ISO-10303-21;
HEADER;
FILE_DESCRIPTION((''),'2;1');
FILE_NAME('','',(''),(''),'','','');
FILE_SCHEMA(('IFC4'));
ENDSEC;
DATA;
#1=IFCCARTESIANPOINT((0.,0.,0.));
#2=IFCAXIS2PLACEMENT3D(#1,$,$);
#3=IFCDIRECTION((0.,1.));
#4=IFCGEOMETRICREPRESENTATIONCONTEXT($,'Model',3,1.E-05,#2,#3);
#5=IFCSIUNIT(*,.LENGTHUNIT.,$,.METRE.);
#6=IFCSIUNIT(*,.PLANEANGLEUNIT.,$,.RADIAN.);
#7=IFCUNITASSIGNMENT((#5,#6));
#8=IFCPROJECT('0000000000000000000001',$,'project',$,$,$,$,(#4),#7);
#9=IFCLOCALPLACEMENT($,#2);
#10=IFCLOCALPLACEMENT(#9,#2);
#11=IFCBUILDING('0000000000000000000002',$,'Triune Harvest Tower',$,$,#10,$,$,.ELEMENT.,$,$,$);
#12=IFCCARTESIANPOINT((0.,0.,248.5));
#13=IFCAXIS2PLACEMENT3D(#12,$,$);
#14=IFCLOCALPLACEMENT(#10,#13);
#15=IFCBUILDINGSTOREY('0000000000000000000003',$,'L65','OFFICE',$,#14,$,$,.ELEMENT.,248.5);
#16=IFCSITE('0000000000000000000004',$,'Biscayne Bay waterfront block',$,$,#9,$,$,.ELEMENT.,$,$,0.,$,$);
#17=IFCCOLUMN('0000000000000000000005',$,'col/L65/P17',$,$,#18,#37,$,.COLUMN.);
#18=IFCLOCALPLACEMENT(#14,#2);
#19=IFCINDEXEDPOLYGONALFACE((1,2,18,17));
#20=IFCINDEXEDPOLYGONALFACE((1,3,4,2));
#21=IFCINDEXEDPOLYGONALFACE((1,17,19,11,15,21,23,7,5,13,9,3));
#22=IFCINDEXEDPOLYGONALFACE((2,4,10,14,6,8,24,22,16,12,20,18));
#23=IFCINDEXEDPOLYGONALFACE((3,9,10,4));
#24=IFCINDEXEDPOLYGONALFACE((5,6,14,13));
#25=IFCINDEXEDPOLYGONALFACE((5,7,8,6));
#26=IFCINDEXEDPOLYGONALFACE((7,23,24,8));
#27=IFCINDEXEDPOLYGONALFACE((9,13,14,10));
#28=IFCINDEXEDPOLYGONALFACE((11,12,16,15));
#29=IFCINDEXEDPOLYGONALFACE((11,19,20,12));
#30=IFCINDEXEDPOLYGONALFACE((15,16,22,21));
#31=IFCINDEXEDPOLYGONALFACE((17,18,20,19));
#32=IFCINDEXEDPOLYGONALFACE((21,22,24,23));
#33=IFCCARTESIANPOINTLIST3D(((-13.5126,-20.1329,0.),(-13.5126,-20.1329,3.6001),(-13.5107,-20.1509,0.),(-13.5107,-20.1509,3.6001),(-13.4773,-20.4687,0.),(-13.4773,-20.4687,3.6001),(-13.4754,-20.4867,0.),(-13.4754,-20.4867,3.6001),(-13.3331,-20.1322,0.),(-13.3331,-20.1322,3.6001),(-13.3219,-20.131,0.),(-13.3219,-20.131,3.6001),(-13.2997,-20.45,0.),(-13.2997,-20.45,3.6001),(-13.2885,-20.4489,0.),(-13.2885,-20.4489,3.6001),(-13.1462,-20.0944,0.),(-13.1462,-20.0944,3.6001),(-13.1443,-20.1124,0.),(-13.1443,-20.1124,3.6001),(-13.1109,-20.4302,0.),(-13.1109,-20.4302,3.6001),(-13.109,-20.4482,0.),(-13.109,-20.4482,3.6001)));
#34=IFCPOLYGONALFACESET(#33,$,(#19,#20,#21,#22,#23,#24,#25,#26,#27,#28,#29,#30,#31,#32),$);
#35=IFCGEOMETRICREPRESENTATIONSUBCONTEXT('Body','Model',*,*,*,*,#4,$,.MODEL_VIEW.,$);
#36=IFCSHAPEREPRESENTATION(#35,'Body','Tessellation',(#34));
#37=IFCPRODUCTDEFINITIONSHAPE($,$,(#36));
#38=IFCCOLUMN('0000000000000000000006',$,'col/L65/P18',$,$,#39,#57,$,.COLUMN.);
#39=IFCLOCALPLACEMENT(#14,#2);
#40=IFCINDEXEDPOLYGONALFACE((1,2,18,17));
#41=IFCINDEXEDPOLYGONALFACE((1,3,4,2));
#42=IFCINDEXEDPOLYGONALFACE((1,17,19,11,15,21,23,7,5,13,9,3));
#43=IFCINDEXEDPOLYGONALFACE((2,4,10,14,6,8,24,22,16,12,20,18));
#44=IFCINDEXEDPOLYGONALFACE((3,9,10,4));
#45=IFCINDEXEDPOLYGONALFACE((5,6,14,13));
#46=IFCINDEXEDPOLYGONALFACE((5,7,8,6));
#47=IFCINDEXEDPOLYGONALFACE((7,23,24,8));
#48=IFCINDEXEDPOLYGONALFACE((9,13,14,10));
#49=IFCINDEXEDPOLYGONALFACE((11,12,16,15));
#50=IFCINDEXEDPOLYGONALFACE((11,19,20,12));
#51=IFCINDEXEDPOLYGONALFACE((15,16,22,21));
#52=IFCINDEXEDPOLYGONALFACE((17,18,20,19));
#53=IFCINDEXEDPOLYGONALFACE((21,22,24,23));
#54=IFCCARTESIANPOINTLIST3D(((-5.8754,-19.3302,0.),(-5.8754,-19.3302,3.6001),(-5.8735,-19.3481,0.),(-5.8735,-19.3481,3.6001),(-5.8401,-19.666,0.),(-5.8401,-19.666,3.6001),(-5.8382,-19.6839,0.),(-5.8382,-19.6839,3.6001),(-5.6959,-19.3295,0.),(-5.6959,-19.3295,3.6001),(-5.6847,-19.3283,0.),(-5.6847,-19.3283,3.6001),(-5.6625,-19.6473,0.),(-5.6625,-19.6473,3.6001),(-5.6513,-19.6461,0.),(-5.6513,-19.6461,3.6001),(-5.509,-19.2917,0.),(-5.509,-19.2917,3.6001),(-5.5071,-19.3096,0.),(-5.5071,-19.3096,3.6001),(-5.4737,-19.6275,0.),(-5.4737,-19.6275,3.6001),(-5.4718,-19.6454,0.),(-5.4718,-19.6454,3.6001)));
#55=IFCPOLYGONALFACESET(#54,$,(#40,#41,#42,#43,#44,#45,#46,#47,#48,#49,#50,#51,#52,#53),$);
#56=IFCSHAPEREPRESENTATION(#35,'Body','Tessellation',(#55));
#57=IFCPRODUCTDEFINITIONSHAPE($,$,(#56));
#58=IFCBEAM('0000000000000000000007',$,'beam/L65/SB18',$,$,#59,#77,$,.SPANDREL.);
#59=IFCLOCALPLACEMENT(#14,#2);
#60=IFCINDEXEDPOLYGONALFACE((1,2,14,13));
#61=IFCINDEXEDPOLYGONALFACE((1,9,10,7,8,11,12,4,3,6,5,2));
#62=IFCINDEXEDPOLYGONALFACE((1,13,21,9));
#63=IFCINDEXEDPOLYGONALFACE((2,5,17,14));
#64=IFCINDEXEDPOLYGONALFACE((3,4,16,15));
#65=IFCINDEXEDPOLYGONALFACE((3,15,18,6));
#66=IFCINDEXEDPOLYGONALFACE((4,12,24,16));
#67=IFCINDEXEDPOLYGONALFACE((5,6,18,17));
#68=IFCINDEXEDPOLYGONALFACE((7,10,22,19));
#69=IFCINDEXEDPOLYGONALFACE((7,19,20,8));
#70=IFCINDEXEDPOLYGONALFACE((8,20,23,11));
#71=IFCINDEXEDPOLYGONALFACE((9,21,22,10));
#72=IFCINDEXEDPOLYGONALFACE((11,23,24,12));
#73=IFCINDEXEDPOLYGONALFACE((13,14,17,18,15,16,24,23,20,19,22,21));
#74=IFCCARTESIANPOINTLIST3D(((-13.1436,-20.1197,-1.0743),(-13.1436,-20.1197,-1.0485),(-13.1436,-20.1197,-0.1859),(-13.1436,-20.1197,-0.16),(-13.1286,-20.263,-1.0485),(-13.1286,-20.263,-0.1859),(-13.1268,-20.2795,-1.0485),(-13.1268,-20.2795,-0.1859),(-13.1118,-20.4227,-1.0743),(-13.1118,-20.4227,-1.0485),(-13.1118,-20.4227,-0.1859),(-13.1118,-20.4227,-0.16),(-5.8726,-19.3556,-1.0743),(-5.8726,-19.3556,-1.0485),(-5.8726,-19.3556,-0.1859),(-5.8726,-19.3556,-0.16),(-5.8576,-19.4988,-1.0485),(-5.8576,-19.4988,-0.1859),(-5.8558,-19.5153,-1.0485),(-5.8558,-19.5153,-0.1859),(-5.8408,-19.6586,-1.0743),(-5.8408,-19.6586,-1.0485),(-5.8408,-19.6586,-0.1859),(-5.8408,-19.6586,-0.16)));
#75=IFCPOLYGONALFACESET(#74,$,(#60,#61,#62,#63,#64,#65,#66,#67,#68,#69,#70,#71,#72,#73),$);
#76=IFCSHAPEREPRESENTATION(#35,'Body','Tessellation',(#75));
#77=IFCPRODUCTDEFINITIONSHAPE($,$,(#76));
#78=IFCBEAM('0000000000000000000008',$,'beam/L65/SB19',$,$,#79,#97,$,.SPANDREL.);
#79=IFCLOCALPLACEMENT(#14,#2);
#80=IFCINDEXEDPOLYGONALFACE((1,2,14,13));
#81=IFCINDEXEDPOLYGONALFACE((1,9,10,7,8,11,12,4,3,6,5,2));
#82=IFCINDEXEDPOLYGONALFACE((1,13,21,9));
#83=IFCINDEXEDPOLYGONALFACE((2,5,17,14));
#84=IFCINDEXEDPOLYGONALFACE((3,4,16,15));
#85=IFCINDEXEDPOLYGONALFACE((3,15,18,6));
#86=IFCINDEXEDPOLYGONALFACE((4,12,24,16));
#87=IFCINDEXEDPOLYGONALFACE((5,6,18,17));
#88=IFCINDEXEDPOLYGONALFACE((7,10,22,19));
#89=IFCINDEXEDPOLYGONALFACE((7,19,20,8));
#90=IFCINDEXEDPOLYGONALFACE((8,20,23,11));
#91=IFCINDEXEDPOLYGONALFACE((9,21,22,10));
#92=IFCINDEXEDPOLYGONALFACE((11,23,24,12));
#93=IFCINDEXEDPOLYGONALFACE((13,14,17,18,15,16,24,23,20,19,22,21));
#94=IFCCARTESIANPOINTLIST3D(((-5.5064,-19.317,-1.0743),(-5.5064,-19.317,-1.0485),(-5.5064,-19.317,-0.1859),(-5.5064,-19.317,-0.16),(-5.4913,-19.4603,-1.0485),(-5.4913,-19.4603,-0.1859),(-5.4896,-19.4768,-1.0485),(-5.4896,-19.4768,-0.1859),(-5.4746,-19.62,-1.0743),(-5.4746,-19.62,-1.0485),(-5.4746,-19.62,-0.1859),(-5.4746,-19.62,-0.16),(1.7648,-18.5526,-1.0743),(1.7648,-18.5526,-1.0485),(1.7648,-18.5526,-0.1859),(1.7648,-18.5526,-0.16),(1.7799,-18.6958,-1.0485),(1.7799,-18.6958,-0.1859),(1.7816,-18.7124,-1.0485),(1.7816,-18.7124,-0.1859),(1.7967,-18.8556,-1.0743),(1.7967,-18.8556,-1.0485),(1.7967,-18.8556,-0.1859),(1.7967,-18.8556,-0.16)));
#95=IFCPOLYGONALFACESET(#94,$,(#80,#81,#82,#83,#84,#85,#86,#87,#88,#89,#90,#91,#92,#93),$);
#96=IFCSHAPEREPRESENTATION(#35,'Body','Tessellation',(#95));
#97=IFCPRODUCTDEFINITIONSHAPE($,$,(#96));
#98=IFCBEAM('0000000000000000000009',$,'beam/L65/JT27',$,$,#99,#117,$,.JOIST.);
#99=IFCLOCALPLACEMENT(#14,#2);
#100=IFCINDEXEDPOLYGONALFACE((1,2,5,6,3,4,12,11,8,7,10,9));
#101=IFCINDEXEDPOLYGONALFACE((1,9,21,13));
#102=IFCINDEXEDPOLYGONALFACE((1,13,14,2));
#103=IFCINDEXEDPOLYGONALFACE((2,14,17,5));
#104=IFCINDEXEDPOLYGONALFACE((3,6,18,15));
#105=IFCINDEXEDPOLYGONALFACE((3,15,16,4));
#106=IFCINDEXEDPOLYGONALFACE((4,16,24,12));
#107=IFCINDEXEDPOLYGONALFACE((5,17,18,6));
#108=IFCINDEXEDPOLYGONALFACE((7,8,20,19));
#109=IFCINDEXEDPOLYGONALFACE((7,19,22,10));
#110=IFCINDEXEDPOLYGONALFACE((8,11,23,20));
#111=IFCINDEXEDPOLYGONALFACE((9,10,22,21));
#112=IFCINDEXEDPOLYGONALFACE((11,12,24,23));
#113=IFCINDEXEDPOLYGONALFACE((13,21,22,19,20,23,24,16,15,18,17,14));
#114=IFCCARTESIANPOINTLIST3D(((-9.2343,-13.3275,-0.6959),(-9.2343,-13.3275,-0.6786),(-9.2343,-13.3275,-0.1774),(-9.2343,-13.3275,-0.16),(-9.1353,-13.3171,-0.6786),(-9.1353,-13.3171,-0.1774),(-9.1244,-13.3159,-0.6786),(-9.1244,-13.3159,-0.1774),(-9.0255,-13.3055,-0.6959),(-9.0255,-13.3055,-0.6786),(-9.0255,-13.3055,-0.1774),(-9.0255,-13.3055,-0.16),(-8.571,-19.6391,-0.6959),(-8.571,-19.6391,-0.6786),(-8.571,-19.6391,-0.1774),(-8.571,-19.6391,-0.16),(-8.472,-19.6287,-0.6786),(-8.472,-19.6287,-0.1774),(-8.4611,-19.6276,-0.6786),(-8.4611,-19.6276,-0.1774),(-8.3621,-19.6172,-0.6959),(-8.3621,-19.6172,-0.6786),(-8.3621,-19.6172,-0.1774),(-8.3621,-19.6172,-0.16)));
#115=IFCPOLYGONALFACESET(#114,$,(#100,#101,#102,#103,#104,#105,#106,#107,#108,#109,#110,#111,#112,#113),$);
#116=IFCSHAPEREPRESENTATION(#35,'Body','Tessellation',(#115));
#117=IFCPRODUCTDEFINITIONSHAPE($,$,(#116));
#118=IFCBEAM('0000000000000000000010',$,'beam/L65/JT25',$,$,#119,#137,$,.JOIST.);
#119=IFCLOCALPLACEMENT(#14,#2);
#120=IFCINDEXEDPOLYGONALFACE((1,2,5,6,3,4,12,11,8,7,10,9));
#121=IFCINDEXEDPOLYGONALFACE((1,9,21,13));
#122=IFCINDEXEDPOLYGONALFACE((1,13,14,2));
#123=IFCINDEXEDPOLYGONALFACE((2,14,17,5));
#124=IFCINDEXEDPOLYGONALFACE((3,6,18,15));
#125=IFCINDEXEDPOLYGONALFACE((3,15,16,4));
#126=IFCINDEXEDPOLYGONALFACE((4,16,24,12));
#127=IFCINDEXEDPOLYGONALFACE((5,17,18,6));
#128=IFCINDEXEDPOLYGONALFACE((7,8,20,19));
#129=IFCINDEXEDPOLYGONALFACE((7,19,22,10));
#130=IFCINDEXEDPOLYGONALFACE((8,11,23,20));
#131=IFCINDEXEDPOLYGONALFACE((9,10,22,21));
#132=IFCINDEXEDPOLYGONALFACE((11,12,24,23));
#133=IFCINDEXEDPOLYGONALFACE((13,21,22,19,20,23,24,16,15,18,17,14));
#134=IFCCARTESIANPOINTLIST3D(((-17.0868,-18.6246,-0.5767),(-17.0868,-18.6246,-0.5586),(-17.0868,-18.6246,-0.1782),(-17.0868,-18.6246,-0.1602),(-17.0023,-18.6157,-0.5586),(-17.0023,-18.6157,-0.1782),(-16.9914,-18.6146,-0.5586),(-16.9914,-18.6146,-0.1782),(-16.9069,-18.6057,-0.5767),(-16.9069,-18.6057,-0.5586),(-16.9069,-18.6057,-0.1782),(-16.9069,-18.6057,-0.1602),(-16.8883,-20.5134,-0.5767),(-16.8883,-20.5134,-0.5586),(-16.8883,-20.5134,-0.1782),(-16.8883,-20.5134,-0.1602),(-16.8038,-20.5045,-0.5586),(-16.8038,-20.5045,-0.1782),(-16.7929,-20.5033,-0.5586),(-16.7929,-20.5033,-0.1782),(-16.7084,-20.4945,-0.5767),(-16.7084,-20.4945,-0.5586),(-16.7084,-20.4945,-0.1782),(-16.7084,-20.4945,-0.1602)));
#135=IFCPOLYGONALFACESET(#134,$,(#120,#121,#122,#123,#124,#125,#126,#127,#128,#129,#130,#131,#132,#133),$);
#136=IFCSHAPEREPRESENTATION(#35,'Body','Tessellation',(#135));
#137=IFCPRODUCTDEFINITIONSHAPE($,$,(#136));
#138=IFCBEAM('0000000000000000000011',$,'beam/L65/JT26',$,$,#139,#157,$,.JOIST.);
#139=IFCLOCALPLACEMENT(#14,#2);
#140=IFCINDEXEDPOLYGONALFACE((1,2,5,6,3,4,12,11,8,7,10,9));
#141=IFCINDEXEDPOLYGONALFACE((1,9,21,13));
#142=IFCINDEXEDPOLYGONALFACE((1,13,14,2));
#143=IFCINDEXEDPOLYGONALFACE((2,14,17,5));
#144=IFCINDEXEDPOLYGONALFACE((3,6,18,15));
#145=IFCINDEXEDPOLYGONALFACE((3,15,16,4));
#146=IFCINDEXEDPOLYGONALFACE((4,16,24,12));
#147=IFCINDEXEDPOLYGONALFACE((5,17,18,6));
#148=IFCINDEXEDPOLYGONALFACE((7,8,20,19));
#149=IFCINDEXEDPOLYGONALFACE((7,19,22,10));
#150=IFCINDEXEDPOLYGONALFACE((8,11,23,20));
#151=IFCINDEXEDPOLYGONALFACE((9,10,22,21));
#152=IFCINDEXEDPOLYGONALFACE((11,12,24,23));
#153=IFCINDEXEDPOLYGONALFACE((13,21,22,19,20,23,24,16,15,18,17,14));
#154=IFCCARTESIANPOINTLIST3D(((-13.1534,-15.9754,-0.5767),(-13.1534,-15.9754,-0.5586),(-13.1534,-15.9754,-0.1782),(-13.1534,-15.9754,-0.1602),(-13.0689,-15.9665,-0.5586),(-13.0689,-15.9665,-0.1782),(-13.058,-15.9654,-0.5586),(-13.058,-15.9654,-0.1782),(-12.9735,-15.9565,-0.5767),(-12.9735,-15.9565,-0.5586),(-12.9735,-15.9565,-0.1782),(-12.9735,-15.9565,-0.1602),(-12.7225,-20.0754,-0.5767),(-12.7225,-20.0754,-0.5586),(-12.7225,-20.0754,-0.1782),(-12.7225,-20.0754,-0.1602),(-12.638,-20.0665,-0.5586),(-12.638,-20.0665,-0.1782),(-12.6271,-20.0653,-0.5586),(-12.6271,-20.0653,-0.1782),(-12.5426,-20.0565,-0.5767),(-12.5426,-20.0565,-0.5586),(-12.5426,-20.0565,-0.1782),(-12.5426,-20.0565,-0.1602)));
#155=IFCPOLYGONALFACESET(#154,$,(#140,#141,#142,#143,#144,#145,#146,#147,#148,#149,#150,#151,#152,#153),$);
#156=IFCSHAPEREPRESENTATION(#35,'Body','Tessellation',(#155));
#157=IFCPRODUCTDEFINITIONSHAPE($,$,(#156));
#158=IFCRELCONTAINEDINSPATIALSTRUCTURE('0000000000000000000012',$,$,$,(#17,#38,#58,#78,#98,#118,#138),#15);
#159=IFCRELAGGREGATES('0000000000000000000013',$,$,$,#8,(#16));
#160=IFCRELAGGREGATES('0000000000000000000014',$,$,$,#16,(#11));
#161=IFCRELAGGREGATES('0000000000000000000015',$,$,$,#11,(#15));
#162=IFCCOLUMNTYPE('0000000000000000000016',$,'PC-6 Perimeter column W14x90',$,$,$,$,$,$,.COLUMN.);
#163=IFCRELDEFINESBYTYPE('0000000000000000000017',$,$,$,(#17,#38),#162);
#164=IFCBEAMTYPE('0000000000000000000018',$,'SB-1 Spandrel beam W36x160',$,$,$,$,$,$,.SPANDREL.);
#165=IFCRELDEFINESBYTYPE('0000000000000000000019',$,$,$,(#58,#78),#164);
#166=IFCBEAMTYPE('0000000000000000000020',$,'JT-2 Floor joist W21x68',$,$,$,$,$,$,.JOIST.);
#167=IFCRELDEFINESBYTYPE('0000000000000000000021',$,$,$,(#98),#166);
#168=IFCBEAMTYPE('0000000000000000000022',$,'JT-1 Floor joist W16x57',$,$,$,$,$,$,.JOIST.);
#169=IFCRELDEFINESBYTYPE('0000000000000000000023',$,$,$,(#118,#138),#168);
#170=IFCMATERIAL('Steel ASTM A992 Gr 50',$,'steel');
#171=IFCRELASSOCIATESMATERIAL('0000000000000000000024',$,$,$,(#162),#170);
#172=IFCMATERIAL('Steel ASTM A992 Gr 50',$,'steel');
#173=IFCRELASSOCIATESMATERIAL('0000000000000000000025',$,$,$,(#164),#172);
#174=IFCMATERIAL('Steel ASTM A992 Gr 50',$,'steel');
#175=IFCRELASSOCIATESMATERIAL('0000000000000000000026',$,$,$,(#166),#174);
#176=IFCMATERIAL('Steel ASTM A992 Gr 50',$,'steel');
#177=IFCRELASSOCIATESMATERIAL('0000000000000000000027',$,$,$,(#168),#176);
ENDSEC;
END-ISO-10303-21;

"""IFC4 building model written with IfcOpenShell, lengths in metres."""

from ifc_helpers import new_model, si_unit, direction, frame, origin, origin_2d, place, context, subcontext, project, spatial, i_section, extrude, source, transform, mapped, material, material_profile, profile_set, type_object, element, save


model = new_model("IFC4")

# Units and contexts
model_context = context("Model", 3, precision=1e-05, world=origin(), true_north=direction((0.0, 1.0)))
body_context = subcontext(model_context, "Body", "Model", "MODEL_VIEW")
ifc_project = project(units=[si_unit("LENGTHUNIT", "METRE"), si_unit("PLANEANGLEUNIT", "RADIAN")], contexts=[model_context])

# Site, building, storey
site_placement = place(None, origin())
site = spatial("IfcSite", under=ifc_project, at=site_placement, Name="Biscayne Bay waterfront block", CompositionType="ELEMENT", RefElevation=0.0)
building_placement = place(site_placement, origin())
building = spatial("IfcBuilding", under=site, at=building_placement, Name="Triune Harvest Tower", CompositionType="ELEMENT")
storey_placement = place(building_placement, frame((0.0, 0.0, 248.5)))
storey = spatial("IfcBuildingStorey", under=building, at=storey_placement, Name="L65", Description="OFFICE", CompositionType="ELEMENT", Elevation=248.5)

# Columns
ifc_material_1 = material(Name="Steel ASTM A992 Gr 50", Category="steel")
ifc_material_profile_1 = material_profile(ifc_material_1, i_section(OverallWidth=0.3684, OverallDepth=0.3557, WebThickness=0.0112, FlangeThickness=0.0181, at=origin_2d()), Name="W14x90")
ifc_profile_set_1 = profile_set([ifc_material_profile_1], Name="Steel ASTM A992 Gr 50")
column_type = type_object("IfcColumnType", Name="PC-6 Perimeter column W14x90", PredefinedType="COLUMN", material=ifc_profile_set_1)
shared_shape_1 = source(origin(), body_context, "Body", "SweptSolid", [
    extrude(i_section(OverallWidth=0.3684, OverallDepth=0.3557, WebThickness=0.0112, FlangeThickness=0.0181, at=origin_2d()), origin(), (0.0, 0.0, 1.0), 3.6001),
])
for number, where, z_axis, x_axis, name in (
    (1, (-13.3108, -20.2905, 0.0), (0.0, 0.0, 1.0), (0.994522, 0.10453, 0.0), "col/L65/P17"),
    (2, (-5.6736, -19.4878, 0.0), (0.0, 0.0, 1.0), (0.994522, 0.10453, 0.0), "col/L65/P18"),
):
    element("IfcColumn", number, at=place(storey_placement, frame(where, z_axis=z_axis, x_axis=x_axis)), inside=storey, type_object=column_type, Name=name, PredefinedType="COLUMN", context=body_context, shape_type="MappedRepresentation", body=[
        mapped(shared_shape_1, transform((0.0, 0.0, 0.0), scale=1.0)),
    ])

# Beams
ifc_material_2 = material(Name="Steel ASTM A992 Gr 50", Category="steel")
ifc_material_profile_2 = material_profile(ifc_material_2, i_section(OverallWidth=0.3047, OverallDepth=0.9143, WebThickness=0.0166, FlangeThickness=0.0259, at=origin_2d()), Name="W36x160")
ifc_profile_set_2 = profile_set([ifc_material_profile_2], Name="Steel ASTM A992 Gr 50")
beam_type_1 = type_object("IfcBeamType", Name="SB-1 Spandrel beam W36x160", PredefinedType="SPANDREL", material=ifc_profile_set_2)
shared_shape_2 = source(origin(), body_context, "Body", "SweptSolid", [
    extrude(i_section(OverallWidth=0.3047, OverallDepth=0.9143, WebThickness=0.0166, FlangeThickness=0.0259, at=origin_2d()), origin(), (0.0, 0.0, 1.0), 7.311),
])
beam_1_placement = place(storey_placement, frame((-13.1277, -20.2712, -0.6172), z_axis=(0.994523, 0.104521, 0.0), x_axis=(-0.104521, 0.994523, 0.0)))
element("IfcBeam", 3, at=beam_1_placement, inside=storey, type_object=beam_type_1, Name="beam/L65/SB18", PredefinedType="SPANDREL", context=body_context, shape_type="MappedRepresentation", body=[
    mapped(shared_shape_2, transform((0.0, 0.0, 0.0), scale=1.0)),
])
shared_shape_3 = source(origin(), body_context, "Body", "SweptSolid", [
    extrude(i_section(OverallWidth=0.3047, OverallDepth=0.9143, WebThickness=0.0166, FlangeThickness=0.0259, at=origin_2d()), origin(), (0.0, 0.0, 1.0), 7.3113),
])
beam_2_placement = place(storey_placement, frame((-5.4905, -19.4685, -0.6172), z_axis=(0.99452, 0.104551, 0.0), x_axis=(-0.104551, 0.99452, 0.0)))
element("IfcBeam", 4, at=beam_2_placement, inside=storey, type_object=beam_type_1, Name="beam/L65/SB19", PredefinedType="SPANDREL", context=body_context, shape_type="MappedRepresentation", body=[
    mapped(shared_shape_3, transform((0.0, 0.0, 0.0), scale=1.0)),
])
ifc_material_3 = material(Name="Steel ASTM A992 Gr 50", Category="steel")
ifc_material_profile_3 = material_profile(ifc_material_3, i_section(OverallWidth=0.21, OverallDepth=0.5359, WebThickness=0.011, FlangeThickness=0.0173, at=origin_2d()), Name="W21x68")
ifc_profile_set_3 = profile_set([ifc_material_profile_3], Name="Steel ASTM A992 Gr 50")
beam_type_2 = type_object("IfcBeamType", Name="JT-2 Floor joist W21x68", PredefinedType="JOIST", material=ifc_profile_set_3)
shared_shape_4 = source(origin(), body_context, "Body", "SweptSolid", [
    extrude(i_section(OverallWidth=0.21, OverallDepth=0.5359, WebThickness=0.011, FlangeThickness=0.0173, at=origin_2d()), origin(), (0.0, 0.0, 1.0), 6.3464),
])
beam_3_placement = place(storey_placement, frame((-8.4666, -19.6282, -0.428), z_axis=(-0.104519, 0.994523, 0.0), x_axis=(-0.994523, -0.104519, 0.0)))
element("IfcBeam", 5, at=beam_3_placement, inside=storey, type_object=beam_type_2, Name="beam/L65/JT27", PredefinedType="JOIST", context=body_context, shape_type="MappedRepresentation", body=[
    mapped(shared_shape_4, transform((0.0, 0.0, 0.0), scale=1.0)),
])
ifc_material_4 = material(Name="Steel ASTM A992 Gr 50", Category="steel")
ifc_material_profile_4 = material_profile(ifc_material_4, i_section(OverallWidth=0.1809, OverallDepth=0.4165, WebThickness=0.011, FlangeThickness=0.0181, at=origin_2d()), Name="W16x57")
ifc_profile_set_4 = profile_set([ifc_material_profile_4], Name="Steel ASTM A992 Gr 50")
beam_type_3 = type_object("IfcBeamType", Name="JT-1 Floor joist W16x57", PredefinedType="JOIST", material=ifc_profile_set_4)
shared_shape_5 = source(origin(), body_context, "Body", "SweptSolid", [
    extrude(i_section(OverallWidth=0.1809, OverallDepth=0.4165, WebThickness=0.011, FlangeThickness=0.0181, at=origin_2d()), origin(), (0.0, 0.0, 1.0), 1.8992),
])
beam_4_placement = place(storey_placement, frame((-16.7983, -20.5039, -0.3684), z_axis=(-0.104517, 0.994523, 0.0), x_axis=(-0.994523, -0.104517, 0.0)))
element("IfcBeam", 6, at=beam_4_placement, inside=storey, type_object=beam_type_3, Name="beam/L65/JT25", PredefinedType="JOIST", context=body_context, shape_type="MappedRepresentation", body=[
    mapped(shared_shape_5, transform((0.0, 0.0, 0.0), scale=1.0)),
])
shared_shape_6 = source(origin(), body_context, "Body", "SweptSolid", [
    extrude(i_section(OverallWidth=0.1809, OverallDepth=0.4165, WebThickness=0.011, FlangeThickness=0.0181, at=origin_2d()), origin(), (0.0, 0.0, 1.0), 4.1226),
])
beam_5_placement = place(storey_placement, frame((-12.6326, -20.0659, -0.3684), z_axis=(-0.104521, 0.994523, 0.0), x_axis=(-0.994523, -0.104521, 0.0)))
element("IfcBeam", 7, at=beam_5_placement, inside=storey, type_object=beam_type_3, Name="beam/L65/JT26", PredefinedType="JOIST", context=body_context, shape_type="MappedRepresentation", body=[
    mapped(shared_shape_6, transform((0.0, 0.0, 0.0), scale=1.0)),
])

save(model, "model.ifc")
